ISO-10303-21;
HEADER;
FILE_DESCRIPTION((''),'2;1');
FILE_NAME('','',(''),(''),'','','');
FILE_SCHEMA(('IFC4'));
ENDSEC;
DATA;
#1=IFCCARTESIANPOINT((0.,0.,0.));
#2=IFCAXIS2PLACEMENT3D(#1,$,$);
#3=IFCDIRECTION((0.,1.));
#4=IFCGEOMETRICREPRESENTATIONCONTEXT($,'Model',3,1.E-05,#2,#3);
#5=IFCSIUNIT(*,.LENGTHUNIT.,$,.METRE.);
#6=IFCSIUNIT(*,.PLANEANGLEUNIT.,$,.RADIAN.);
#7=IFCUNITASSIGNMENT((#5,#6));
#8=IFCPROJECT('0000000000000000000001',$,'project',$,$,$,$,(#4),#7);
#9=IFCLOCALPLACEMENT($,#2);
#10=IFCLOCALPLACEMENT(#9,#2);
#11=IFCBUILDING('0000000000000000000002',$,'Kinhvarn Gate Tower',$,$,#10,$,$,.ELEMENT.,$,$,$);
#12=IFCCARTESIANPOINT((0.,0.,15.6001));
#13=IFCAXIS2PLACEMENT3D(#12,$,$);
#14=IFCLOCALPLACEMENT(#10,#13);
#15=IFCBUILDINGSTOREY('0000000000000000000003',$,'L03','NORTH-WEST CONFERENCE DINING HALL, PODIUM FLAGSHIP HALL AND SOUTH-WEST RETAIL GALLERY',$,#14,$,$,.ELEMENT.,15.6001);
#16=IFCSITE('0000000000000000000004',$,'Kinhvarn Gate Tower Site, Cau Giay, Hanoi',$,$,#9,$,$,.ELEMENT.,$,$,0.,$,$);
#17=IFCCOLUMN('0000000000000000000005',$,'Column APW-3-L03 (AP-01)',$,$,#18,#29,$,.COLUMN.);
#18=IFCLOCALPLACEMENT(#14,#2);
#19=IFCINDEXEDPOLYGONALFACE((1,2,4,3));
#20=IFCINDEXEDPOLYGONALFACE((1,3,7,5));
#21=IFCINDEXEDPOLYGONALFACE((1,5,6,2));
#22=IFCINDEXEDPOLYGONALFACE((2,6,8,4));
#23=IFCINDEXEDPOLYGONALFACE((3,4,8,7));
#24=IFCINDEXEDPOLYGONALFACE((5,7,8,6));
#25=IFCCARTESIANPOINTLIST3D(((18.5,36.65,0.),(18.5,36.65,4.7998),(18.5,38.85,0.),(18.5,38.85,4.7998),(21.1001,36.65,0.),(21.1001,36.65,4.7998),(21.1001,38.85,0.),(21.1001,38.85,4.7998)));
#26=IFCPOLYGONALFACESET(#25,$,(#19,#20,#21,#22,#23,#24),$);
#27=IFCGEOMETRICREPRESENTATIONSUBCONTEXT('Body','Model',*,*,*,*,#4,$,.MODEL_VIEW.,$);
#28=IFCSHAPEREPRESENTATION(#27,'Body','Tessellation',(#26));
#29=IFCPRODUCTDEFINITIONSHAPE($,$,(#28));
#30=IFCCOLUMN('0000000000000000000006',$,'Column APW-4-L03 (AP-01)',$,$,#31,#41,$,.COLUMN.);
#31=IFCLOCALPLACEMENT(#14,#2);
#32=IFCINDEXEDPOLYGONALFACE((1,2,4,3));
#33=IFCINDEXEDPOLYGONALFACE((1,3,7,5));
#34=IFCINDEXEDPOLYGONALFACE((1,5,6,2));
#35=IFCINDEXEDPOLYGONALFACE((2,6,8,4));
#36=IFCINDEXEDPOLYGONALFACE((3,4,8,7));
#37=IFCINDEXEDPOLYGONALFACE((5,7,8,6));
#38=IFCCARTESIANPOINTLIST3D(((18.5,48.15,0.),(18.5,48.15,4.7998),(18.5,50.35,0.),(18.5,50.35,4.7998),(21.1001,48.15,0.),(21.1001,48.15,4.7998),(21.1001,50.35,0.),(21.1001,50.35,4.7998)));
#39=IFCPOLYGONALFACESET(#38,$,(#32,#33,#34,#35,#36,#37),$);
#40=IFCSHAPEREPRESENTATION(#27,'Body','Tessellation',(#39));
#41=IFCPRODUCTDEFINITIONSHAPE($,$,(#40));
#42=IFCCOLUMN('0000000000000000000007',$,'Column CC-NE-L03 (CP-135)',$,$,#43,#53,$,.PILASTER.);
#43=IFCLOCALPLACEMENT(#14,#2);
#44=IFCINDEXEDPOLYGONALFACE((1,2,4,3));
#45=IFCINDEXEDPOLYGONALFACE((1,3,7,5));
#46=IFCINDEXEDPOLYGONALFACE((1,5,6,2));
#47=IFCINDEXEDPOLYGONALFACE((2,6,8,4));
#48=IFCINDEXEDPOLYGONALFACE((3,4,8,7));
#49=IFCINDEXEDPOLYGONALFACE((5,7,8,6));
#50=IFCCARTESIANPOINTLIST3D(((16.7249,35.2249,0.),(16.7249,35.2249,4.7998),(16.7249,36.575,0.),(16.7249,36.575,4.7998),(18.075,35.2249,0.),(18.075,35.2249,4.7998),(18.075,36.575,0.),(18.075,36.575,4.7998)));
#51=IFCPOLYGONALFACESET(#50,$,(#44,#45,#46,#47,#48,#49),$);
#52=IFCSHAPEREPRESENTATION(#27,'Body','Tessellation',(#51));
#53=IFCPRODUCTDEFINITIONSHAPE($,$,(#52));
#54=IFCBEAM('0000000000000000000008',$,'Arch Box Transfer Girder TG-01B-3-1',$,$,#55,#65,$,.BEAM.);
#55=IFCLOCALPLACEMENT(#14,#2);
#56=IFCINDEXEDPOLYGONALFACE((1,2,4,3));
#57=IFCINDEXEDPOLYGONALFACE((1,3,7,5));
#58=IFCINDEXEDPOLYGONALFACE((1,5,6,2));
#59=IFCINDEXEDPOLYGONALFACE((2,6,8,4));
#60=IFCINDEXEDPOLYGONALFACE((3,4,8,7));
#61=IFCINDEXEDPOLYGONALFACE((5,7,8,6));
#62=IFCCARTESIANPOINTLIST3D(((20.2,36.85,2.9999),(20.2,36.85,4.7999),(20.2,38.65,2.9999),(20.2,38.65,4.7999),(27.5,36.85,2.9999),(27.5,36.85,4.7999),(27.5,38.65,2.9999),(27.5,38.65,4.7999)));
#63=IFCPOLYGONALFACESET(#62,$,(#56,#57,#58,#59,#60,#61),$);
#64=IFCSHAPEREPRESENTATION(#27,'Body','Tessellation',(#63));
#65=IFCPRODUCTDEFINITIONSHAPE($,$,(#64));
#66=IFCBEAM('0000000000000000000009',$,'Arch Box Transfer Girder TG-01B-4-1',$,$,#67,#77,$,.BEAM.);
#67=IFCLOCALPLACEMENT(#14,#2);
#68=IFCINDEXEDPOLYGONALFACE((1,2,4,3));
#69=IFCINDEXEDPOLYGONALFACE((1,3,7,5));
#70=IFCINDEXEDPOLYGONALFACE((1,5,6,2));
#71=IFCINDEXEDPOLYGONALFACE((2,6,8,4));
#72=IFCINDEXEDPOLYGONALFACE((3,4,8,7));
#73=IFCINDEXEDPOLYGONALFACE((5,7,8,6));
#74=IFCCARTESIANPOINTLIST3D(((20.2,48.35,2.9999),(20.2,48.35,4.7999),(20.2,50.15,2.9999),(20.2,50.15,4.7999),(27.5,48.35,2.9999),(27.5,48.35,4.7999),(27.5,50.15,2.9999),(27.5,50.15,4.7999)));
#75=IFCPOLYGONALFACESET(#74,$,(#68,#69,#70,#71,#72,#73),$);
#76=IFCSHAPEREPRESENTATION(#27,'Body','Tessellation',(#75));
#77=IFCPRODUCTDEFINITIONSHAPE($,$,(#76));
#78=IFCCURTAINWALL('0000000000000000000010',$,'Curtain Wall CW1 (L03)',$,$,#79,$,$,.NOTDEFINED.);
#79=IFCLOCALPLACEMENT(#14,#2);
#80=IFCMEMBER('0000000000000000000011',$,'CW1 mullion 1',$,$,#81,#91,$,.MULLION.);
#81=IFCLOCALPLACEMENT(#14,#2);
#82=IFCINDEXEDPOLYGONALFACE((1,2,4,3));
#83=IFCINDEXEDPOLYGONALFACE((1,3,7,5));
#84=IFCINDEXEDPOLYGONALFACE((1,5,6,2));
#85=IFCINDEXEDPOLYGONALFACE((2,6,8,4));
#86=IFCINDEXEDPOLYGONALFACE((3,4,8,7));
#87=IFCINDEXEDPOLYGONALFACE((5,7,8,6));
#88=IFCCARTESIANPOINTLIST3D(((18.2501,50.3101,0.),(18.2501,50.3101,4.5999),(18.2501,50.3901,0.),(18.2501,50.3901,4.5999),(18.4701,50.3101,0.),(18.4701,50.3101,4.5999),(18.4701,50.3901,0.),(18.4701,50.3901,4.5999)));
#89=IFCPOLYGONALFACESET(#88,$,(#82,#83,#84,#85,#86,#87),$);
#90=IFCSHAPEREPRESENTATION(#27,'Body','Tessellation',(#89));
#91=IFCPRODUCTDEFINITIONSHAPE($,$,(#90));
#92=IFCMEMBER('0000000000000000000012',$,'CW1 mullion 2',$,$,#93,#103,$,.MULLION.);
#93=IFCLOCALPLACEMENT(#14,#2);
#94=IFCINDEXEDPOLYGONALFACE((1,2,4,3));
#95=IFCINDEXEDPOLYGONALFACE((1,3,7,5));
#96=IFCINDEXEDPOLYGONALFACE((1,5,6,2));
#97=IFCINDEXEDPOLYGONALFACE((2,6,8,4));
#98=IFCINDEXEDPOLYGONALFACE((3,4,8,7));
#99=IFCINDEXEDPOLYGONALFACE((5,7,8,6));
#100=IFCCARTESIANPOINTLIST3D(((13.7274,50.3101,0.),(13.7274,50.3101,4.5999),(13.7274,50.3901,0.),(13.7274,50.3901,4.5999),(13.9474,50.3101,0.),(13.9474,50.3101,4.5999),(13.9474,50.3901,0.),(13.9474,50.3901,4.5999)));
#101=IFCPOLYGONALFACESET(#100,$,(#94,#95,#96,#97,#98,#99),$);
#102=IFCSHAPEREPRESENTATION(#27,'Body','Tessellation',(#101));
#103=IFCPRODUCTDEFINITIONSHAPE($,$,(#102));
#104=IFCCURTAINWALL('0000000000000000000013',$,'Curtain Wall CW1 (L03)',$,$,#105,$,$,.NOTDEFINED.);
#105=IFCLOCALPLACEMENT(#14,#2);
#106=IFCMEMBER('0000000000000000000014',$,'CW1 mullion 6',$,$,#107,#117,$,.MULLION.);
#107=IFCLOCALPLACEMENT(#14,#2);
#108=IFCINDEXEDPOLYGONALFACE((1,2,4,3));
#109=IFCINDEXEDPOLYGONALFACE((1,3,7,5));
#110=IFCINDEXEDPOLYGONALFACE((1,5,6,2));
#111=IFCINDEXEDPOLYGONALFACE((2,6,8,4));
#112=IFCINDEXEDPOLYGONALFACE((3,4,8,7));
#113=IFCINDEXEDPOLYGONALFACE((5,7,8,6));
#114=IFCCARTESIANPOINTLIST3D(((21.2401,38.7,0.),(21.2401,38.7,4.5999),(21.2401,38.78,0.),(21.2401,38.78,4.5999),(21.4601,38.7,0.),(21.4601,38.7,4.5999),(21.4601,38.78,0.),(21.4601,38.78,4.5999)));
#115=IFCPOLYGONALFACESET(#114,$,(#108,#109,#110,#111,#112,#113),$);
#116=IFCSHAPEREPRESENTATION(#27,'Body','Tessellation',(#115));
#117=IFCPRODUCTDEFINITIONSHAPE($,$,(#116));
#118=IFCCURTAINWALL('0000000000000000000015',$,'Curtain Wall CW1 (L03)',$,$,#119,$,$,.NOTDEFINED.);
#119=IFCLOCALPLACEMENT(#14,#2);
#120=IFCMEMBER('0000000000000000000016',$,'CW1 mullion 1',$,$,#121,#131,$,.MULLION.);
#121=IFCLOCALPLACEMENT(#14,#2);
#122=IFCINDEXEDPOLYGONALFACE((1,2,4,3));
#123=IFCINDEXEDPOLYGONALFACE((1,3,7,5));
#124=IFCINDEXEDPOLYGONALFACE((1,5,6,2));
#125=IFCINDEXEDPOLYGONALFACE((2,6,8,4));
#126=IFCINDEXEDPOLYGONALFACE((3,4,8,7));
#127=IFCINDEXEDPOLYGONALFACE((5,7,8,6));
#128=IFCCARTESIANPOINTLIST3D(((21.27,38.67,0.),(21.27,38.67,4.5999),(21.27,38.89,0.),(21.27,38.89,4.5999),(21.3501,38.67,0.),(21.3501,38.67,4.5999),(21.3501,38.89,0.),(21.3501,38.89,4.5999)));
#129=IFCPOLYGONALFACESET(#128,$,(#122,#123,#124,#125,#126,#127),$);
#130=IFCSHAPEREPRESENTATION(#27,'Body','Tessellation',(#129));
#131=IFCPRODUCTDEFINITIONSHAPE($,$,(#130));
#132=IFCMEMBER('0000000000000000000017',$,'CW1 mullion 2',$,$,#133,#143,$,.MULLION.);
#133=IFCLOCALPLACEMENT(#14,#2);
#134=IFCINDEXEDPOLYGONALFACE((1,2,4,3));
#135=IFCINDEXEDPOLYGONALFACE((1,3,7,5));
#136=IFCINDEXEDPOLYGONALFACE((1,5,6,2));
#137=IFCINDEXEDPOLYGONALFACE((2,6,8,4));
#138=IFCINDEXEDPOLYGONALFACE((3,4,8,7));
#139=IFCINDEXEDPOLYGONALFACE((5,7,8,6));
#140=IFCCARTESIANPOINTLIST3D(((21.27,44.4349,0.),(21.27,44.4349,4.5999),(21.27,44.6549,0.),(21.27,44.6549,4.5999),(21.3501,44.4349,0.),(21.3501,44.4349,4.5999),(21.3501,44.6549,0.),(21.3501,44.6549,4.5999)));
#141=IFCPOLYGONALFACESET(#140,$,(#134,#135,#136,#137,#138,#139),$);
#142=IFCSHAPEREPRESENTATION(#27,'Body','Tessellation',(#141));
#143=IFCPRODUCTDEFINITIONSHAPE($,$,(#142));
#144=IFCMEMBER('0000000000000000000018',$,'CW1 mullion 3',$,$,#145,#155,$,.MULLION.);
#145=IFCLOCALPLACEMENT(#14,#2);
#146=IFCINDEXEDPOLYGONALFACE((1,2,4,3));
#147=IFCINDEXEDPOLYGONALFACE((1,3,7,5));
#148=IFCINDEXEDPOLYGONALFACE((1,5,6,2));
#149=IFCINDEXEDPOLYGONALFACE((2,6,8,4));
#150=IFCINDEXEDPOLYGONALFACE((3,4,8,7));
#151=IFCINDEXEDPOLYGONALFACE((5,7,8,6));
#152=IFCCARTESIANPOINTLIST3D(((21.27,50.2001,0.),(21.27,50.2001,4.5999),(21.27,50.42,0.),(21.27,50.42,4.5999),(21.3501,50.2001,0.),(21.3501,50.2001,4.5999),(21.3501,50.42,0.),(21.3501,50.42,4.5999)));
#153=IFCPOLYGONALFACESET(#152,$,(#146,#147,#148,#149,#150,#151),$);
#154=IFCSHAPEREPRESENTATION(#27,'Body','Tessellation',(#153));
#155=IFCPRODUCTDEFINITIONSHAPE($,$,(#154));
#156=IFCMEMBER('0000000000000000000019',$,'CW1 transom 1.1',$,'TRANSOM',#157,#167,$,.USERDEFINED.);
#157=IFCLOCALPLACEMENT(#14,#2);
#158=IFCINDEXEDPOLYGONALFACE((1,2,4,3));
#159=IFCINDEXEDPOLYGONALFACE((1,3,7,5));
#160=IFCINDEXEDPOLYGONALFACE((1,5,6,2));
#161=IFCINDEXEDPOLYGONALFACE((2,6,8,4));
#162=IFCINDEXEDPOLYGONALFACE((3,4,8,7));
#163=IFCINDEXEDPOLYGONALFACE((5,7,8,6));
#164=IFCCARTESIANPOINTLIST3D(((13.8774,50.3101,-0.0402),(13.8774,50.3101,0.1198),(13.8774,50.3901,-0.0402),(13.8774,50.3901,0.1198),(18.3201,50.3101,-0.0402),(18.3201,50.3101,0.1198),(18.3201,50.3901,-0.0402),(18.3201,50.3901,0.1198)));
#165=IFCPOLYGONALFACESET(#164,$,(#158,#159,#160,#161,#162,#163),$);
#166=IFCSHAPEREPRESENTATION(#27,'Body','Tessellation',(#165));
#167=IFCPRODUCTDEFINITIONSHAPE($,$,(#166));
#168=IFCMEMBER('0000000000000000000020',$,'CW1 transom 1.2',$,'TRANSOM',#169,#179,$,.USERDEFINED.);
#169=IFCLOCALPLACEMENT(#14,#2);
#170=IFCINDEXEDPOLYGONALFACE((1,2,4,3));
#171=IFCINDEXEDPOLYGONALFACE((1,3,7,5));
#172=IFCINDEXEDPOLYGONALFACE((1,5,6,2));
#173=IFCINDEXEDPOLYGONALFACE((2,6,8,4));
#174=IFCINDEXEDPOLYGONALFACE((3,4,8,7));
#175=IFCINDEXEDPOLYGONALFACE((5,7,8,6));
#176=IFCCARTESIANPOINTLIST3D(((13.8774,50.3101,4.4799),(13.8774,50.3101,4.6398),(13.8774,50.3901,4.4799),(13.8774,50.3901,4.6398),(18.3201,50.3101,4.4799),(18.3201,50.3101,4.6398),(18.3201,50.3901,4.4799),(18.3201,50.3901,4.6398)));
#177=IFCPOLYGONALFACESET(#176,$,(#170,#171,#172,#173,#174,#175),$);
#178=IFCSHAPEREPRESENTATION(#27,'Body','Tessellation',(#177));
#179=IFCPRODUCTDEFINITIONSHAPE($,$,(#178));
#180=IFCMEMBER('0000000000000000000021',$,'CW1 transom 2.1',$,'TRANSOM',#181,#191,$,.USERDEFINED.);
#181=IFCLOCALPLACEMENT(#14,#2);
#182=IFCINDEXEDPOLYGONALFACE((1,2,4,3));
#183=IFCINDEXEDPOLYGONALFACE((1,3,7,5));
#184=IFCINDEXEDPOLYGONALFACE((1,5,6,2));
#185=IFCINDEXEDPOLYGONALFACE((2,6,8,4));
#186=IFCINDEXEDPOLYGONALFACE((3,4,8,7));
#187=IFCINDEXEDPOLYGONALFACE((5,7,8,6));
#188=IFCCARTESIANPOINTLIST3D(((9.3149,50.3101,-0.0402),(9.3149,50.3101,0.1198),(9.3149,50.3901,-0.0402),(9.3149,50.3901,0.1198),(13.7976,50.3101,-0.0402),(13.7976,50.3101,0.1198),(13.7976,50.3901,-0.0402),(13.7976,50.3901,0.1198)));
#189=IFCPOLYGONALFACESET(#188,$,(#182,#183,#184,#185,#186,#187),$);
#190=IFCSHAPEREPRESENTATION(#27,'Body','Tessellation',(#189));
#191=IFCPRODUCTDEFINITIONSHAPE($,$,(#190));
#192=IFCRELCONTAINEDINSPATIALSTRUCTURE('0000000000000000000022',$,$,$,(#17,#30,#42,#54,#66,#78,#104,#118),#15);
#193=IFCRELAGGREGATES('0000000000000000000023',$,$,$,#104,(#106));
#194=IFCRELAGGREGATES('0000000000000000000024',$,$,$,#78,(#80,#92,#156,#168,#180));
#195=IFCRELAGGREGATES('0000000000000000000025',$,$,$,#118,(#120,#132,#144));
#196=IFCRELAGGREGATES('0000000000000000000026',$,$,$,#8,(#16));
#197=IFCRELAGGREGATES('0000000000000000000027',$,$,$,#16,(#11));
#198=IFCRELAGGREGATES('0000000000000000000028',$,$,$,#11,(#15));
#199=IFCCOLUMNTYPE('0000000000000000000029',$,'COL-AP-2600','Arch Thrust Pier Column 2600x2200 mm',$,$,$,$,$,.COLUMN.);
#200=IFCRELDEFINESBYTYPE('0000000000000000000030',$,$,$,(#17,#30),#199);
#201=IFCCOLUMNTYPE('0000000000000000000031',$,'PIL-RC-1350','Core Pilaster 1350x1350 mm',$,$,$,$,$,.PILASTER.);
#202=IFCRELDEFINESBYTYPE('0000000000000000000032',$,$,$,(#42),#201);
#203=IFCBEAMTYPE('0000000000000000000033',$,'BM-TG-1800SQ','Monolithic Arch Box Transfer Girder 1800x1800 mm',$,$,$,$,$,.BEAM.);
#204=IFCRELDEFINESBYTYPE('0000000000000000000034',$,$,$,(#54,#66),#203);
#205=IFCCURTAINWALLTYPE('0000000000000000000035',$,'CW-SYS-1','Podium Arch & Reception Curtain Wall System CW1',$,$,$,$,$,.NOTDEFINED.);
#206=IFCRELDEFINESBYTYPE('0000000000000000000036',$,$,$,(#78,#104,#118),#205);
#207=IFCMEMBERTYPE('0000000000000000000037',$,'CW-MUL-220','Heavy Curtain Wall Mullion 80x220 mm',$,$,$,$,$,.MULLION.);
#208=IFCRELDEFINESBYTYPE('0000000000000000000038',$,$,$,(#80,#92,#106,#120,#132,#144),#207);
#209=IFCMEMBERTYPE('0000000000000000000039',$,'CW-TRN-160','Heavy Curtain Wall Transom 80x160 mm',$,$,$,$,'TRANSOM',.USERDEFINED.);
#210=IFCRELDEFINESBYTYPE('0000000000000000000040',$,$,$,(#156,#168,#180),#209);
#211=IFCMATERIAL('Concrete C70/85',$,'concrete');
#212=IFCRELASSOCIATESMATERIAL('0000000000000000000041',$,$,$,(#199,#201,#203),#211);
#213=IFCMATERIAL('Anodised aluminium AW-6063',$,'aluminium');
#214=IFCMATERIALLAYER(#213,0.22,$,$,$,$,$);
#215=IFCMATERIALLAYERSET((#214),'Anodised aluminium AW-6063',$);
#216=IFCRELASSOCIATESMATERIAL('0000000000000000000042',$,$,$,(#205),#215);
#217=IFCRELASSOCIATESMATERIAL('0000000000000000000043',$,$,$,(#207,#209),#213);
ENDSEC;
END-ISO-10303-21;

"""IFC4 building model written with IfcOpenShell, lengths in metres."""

from ifc_helpers import new_model, si_unit, direction, frame, origin, origin_2d, place, context, subcontext, project, spatial, rectangle, extrude, material, layer, layer_set, material_profile, profile_set, type_object, element, aggregate, save


model = new_model("IFC4")

# Units and contexts
model_context = context("Model", 3, precision=1e-05, world=origin(), true_north=direction((0.0, 1.0)))
body_context = subcontext(model_context, "Body", "Model", "MODEL_VIEW")
ifc_project = project(units=[si_unit("LENGTHUNIT", "METRE"), si_unit("PLANEANGLEUNIT", "RADIAN")], contexts=[model_context])

# Site, building, storey
site_placement = place(None, origin())
site = spatial("IfcSite", under=ifc_project, at=site_placement, Name="Kinhvarn Gate Tower Site, Cau Giay, Hanoi", CompositionType="ELEMENT", RefElevation=0.0)
building_placement = place(site_placement, origin())
building = spatial("IfcBuilding", under=site, at=building_placement, Name="Kinhvarn Gate Tower", CompositionType="ELEMENT")
storey_placement = place(building_placement, frame((0.0, 0.0, 15.6001)))
storey = spatial("IfcBuildingStorey", under=building, at=storey_placement, Name="L03", Description="NORTH-WEST CONFERENCE DINING HALL, PODIUM FLAGSHIP HALL AND SOUTH-WEST RETAIL GALLERY", CompositionType="ELEMENT", Elevation=15.6001)

# Columns
ifc_material_1 = material(Name="Concrete C70/85", Category="concrete")
ifc_material_profile_1 = material_profile(ifc_material_1, rectangle(XDim=2.6001, YDim=2.2, at=origin_2d()), Name="RC 2600x2200")
ifc_profile_set_1 = profile_set([ifc_material_profile_1], Name="Concrete C70/85")
column_type_1 = type_object("IfcColumnType", Name="COL-AP-2600", Description="Arch Thrust Pier Column 2600x2200 mm", PredefinedType="COLUMN", material=ifc_profile_set_1)
for number, where, z_axis, x_axis, name in (
    (1, (19.8, 37.75, 0.0), (0.0, 0.0, 1.0), (1.0, 0.0, 0.0), "Column APW-3-L03 (AP-01)"),
    (2, (19.8, 49.25, 0.0), (0.0, 0.0, 1.0), (1.0, 0.0, 0.0), "Column APW-4-L03 (AP-01)"),
):
    element("IfcColumn", number, at=place(storey_placement, frame(where, z_axis=z_axis, x_axis=x_axis)), inside=storey, type_object=column_type_1, Name=name, PredefinedType="COLUMN", context=body_context, shape_type="SweptSolid", body=[
        extrude(rectangle(XDim=2.6001, YDim=2.2, at=origin_2d()), origin(), (0.0, 0.0, 1.0), 4.7998),
    ])
ifc_material_profile_2 = material_profile(ifc_material_1, rectangle(XDim=1.3501, YDim=1.3501, at=origin_2d()), Name="RC 1350x1350")
ifc_profile_set_2 = profile_set([ifc_material_profile_2], Name="Concrete C70/85")
column_type_2 = type_object("IfcColumnType", Name="PIL-RC-1350", Description="Core Pilaster 1350x1350 mm", PredefinedType="PILASTER", material=ifc_profile_set_2)
column_placement = place(storey_placement, frame((17.3999, 35.8999, 0.0), z_axis=(0.0, 0.0, 1.0), x_axis=(1.0, 0.0, 0.0)))
element("IfcColumn", 3, at=column_placement, inside=storey, type_object=column_type_2, Name="Column CC-NE-L03 (CP-135)", PredefinedType="PILASTER", context=body_context, shape_type="SweptSolid", body=[
    extrude(rectangle(XDim=1.3501, YDim=1.3501, at=origin_2d()), origin(), (0.0, 0.0, 1.0), 4.7998),
])

# Beams
ifc_material_profile_3 = material_profile(ifc_material_1, rectangle(XDim=1.8, YDim=1.8, at=origin_2d()), Name="RC 1800x1800")
ifc_profile_set_3 = profile_set([ifc_material_profile_3], Name="Concrete C70/85")
beam_type_1 = type_object("IfcBeamType", Name="BM-TG-1800SQ", Description="Monolithic Arch Box Transfer Girder 1800x1800 mm", PredefinedType="BEAM", material=ifc_profile_set_3)
for number, where, z_axis, x_axis, name in (
    (4, (20.2, 37.75, 3.8999), (1.0, 0.0, 0.0), (0.0, 1.0, 0.0), "Arch Box Transfer Girder TG-01B-3-1"),
    (5, (20.2, 49.25, 3.8999), (1.0, 0.0, 0.0), (0.0, 1.0, 0.0), "Arch Box Transfer Girder TG-01B-4-1"),
):
    element("IfcBeam", number, at=place(storey_placement, frame(where, z_axis=z_axis, x_axis=x_axis)), inside=storey, type_object=beam_type_1, Name=name, PredefinedType="BEAM", context=body_context, shape_type="SweptSolid", body=[
        extrude(rectangle(XDim=1.8, YDim=1.8, at=origin_2d()), origin(), (0.0, 0.0, 1.0), 7.3),
    ])

# Curtain wall, members
ifc_material_2 = material(Name="Anodised aluminium AW-6063", Category="aluminium")
ifc_layer_1 = layer(ifc_material_2, 0.22)
ifc_layer_set_1 = layer_set([ifc_layer_1], Name="Anodised aluminium AW-6063")
curtain_wall_type = type_object("IfcCurtainWallType", Name="CW-SYS-1", Description="Podium Arch & Reception Curtain Wall System CW1", PredefinedType="NOTDEFINED", material=ifc_layer_set_1)
curtain_wall_1_placement = place(storey_placement, origin())
curtain_wall_1 = element("IfcCurtainWall", 6, at=curtain_wall_1_placement, inside=storey, type_object=curtain_wall_type, Name="Curtain Wall CW1 (L03)", PredefinedType="NOTDEFINED")
ifc_material_profile_4 = material_profile(ifc_material_2, rectangle(XDim=0.0801, YDim=0.22, at=origin_2d()), Name="ALU 80x220")
ifc_profile_set_4 = profile_set([ifc_material_profile_4], Name="Anodised aluminium AW-6063")
member_type_1 = type_object("IfcMemberType", Name="CW-MUL-220", Description="Heavy Curtain Wall Mullion 80x220 mm", PredefinedType="MULLION", material=ifc_profile_set_4)
member_1_placement = place(storey_placement, frame((18.3601, 50.3501, 0.0), z_axis=(0.0, 0.0, 1.0), x_axis=(0.0, -1.0, 0.0)))
member_1 = element("IfcMember", 7, at=member_1_placement, type_object=member_type_1, Name="CW1 mullion 1", PredefinedType="MULLION", context=body_context, shape_type="SweptSolid", body=[
    extrude(rectangle(XDim=0.0801, YDim=0.22, at=origin_2d()), origin(), (0.0, 0.0, 1.0), 4.5999),
])
member_2_placement = place(storey_placement, frame((13.8374, 50.3501, 0.0), z_axis=(0.0, 0.0, 1.0), x_axis=(0.0, -1.0, 0.0)))
member_2 = element("IfcMember", 8, at=member_2_placement, type_object=member_type_1, Name="CW1 mullion 2", PredefinedType="MULLION", context=body_context, shape_type="SweptSolid", body=[
    extrude(rectangle(XDim=0.0801, YDim=0.22, at=origin_2d()), origin(), (0.0, 0.0, 1.0), 4.5999),
])

# Curtain wall, member
curtain_wall_2_placement = place(storey_placement, origin())
curtain_wall_2 = element("IfcCurtainWall", 9, at=curtain_wall_2_placement, inside=storey, type_object=curtain_wall_type, Name="Curtain Wall CW1 (L03)", PredefinedType="NOTDEFINED")
member_3_placement = place(storey_placement, frame((21.3501, 38.74, 0.0), z_axis=(0.0, 0.0, 1.0), x_axis=(0.0, -1.0, 0.0)))
member_3 = element("IfcMember", 10, at=member_3_placement, type_object=member_type_1, Name="CW1 mullion 6", PredefinedType="MULLION", context=body_context, shape_type="SweptSolid", body=[
    extrude(rectangle(XDim=0.0801, YDim=0.22, at=origin_2d()), origin(), (0.0, 0.0, 1.0), 4.5999),
])
aggregate(curtain_wall_2, [member_3])

# Curtain wall, members
curtain_wall_3_placement = place(storey_placement, origin())
curtain_wall_3 = element("IfcCurtainWall", 11, at=curtain_wall_3_placement, inside=storey, type_object=curtain_wall_type, Name="Curtain Wall CW1 (L03)", PredefinedType="NOTDEFINED")
member_4_placement = place(storey_placement, frame((21.3101, 38.78, 0.0), z_axis=(0.0, 0.0, 1.0), x_axis=(-1.0, 0.0, 0.0)))
member_4 = element("IfcMember", 12, at=member_4_placement, type_object=member_type_1, Name="CW1 mullion 1", PredefinedType="MULLION", context=body_context, shape_type="SweptSolid", body=[
    extrude(rectangle(XDim=0.0801, YDim=0.22, at=origin_2d()), origin(), (0.0, 0.0, 1.0), 4.5999),
])
member_5_placement = place(storey_placement, frame((21.3101, 44.5449, 0.0), z_axis=(0.0, 0.0, 1.0), x_axis=(-1.0, 0.0, 0.0)))
member_5 = element("IfcMember", 13, at=member_5_placement, type_object=member_type_1, Name="CW1 mullion 2", PredefinedType="MULLION", context=body_context, shape_type="SweptSolid", body=[
    extrude(rectangle(XDim=0.0801, YDim=0.22, at=origin_2d()), origin(), (0.0, 0.0, 1.0), 4.5999),
])
member_6_placement = place(storey_placement, frame((21.3101, 50.3101, 0.0), z_axis=(0.0, 0.0, 1.0), x_axis=(-1.0, 0.0, 0.0)))
member_6 = element("IfcMember", 14, at=member_6_placement, type_object=member_type_1, Name="CW1 mullion 3", PredefinedType="MULLION", context=body_context, shape_type="SweptSolid", body=[
    extrude(rectangle(XDim=0.0801, YDim=0.22, at=origin_2d()), origin(), (0.0, 0.0, 1.0), 4.5999),
])

# Members
ifc_material_profile_5 = material_profile(ifc_material_2, rectangle(XDim=0.0801, YDim=0.1599, at=origin_2d()), Name="ALU 80x160")
ifc_profile_set_5 = profile_set([ifc_material_profile_5], Name="Anodised aluminium AW-6063")
member_type_2 = type_object("IfcMemberType", Name="CW-TRN-160", Description="Heavy Curtain Wall Transom 80x160 mm", ElementType="TRANSOM", PredefinedType="USERDEFINED", material=ifc_profile_set_5)
member_7_placement = place(storey_placement, frame((18.3201, 50.3501, 0.0398), z_axis=(-1.0, 0.0, 0.0), x_axis=(0.0, -1.0, 0.0)))
member_7 = element("IfcMember", 15, at=member_7_placement, type_object=member_type_2, Name="CW1 transom 1.1", ObjectType="TRANSOM", PredefinedType="USERDEFINED", context=body_context, shape_type="SweptSolid", body=[
    extrude(rectangle(XDim=0.0801, YDim=0.1599, at=origin_2d()), origin(), (0.0, 0.0, 1.0), 4.4426),
])
member_8_placement = place(storey_placement, frame((18.3201, 50.3501, 4.5598), z_axis=(-1.0, 0.0, 0.0), x_axis=(0.0, -1.0, 0.0)))
member_8 = element("IfcMember", 16, at=member_8_placement, type_object=member_type_2, Name="CW1 transom 1.2", ObjectType="TRANSOM", PredefinedType="USERDEFINED", context=body_context, shape_type="SweptSolid", body=[
    extrude(rectangle(XDim=0.0801, YDim=0.1599, at=origin_2d()), origin(), (0.0, 0.0, 1.0), 4.4426),
])
member_9_placement = place(storey_placement, frame((13.7976, 50.3501, 0.0398), z_axis=(-1.0, 0.0, 0.0), x_axis=(0.0, -1.0, 0.0)))
member_9 = element("IfcMember", 17, at=member_9_placement, type_object=member_type_2, Name="CW1 transom 2.1", ObjectType="TRANSOM", PredefinedType="USERDEFINED", context=body_context, shape_type="SweptSolid", body=[
    extrude(rectangle(XDim=0.0801, YDim=0.1599, at=origin_2d()), origin(), (0.0, 0.0, 1.0), 4.4827),
])

aggregate(curtain_wall_1, [member_1, member_2, member_7, member_8, member_9])
aggregate(curtain_wall_3, [member_4, member_5, member_6])

save(model, "model.ifc")
